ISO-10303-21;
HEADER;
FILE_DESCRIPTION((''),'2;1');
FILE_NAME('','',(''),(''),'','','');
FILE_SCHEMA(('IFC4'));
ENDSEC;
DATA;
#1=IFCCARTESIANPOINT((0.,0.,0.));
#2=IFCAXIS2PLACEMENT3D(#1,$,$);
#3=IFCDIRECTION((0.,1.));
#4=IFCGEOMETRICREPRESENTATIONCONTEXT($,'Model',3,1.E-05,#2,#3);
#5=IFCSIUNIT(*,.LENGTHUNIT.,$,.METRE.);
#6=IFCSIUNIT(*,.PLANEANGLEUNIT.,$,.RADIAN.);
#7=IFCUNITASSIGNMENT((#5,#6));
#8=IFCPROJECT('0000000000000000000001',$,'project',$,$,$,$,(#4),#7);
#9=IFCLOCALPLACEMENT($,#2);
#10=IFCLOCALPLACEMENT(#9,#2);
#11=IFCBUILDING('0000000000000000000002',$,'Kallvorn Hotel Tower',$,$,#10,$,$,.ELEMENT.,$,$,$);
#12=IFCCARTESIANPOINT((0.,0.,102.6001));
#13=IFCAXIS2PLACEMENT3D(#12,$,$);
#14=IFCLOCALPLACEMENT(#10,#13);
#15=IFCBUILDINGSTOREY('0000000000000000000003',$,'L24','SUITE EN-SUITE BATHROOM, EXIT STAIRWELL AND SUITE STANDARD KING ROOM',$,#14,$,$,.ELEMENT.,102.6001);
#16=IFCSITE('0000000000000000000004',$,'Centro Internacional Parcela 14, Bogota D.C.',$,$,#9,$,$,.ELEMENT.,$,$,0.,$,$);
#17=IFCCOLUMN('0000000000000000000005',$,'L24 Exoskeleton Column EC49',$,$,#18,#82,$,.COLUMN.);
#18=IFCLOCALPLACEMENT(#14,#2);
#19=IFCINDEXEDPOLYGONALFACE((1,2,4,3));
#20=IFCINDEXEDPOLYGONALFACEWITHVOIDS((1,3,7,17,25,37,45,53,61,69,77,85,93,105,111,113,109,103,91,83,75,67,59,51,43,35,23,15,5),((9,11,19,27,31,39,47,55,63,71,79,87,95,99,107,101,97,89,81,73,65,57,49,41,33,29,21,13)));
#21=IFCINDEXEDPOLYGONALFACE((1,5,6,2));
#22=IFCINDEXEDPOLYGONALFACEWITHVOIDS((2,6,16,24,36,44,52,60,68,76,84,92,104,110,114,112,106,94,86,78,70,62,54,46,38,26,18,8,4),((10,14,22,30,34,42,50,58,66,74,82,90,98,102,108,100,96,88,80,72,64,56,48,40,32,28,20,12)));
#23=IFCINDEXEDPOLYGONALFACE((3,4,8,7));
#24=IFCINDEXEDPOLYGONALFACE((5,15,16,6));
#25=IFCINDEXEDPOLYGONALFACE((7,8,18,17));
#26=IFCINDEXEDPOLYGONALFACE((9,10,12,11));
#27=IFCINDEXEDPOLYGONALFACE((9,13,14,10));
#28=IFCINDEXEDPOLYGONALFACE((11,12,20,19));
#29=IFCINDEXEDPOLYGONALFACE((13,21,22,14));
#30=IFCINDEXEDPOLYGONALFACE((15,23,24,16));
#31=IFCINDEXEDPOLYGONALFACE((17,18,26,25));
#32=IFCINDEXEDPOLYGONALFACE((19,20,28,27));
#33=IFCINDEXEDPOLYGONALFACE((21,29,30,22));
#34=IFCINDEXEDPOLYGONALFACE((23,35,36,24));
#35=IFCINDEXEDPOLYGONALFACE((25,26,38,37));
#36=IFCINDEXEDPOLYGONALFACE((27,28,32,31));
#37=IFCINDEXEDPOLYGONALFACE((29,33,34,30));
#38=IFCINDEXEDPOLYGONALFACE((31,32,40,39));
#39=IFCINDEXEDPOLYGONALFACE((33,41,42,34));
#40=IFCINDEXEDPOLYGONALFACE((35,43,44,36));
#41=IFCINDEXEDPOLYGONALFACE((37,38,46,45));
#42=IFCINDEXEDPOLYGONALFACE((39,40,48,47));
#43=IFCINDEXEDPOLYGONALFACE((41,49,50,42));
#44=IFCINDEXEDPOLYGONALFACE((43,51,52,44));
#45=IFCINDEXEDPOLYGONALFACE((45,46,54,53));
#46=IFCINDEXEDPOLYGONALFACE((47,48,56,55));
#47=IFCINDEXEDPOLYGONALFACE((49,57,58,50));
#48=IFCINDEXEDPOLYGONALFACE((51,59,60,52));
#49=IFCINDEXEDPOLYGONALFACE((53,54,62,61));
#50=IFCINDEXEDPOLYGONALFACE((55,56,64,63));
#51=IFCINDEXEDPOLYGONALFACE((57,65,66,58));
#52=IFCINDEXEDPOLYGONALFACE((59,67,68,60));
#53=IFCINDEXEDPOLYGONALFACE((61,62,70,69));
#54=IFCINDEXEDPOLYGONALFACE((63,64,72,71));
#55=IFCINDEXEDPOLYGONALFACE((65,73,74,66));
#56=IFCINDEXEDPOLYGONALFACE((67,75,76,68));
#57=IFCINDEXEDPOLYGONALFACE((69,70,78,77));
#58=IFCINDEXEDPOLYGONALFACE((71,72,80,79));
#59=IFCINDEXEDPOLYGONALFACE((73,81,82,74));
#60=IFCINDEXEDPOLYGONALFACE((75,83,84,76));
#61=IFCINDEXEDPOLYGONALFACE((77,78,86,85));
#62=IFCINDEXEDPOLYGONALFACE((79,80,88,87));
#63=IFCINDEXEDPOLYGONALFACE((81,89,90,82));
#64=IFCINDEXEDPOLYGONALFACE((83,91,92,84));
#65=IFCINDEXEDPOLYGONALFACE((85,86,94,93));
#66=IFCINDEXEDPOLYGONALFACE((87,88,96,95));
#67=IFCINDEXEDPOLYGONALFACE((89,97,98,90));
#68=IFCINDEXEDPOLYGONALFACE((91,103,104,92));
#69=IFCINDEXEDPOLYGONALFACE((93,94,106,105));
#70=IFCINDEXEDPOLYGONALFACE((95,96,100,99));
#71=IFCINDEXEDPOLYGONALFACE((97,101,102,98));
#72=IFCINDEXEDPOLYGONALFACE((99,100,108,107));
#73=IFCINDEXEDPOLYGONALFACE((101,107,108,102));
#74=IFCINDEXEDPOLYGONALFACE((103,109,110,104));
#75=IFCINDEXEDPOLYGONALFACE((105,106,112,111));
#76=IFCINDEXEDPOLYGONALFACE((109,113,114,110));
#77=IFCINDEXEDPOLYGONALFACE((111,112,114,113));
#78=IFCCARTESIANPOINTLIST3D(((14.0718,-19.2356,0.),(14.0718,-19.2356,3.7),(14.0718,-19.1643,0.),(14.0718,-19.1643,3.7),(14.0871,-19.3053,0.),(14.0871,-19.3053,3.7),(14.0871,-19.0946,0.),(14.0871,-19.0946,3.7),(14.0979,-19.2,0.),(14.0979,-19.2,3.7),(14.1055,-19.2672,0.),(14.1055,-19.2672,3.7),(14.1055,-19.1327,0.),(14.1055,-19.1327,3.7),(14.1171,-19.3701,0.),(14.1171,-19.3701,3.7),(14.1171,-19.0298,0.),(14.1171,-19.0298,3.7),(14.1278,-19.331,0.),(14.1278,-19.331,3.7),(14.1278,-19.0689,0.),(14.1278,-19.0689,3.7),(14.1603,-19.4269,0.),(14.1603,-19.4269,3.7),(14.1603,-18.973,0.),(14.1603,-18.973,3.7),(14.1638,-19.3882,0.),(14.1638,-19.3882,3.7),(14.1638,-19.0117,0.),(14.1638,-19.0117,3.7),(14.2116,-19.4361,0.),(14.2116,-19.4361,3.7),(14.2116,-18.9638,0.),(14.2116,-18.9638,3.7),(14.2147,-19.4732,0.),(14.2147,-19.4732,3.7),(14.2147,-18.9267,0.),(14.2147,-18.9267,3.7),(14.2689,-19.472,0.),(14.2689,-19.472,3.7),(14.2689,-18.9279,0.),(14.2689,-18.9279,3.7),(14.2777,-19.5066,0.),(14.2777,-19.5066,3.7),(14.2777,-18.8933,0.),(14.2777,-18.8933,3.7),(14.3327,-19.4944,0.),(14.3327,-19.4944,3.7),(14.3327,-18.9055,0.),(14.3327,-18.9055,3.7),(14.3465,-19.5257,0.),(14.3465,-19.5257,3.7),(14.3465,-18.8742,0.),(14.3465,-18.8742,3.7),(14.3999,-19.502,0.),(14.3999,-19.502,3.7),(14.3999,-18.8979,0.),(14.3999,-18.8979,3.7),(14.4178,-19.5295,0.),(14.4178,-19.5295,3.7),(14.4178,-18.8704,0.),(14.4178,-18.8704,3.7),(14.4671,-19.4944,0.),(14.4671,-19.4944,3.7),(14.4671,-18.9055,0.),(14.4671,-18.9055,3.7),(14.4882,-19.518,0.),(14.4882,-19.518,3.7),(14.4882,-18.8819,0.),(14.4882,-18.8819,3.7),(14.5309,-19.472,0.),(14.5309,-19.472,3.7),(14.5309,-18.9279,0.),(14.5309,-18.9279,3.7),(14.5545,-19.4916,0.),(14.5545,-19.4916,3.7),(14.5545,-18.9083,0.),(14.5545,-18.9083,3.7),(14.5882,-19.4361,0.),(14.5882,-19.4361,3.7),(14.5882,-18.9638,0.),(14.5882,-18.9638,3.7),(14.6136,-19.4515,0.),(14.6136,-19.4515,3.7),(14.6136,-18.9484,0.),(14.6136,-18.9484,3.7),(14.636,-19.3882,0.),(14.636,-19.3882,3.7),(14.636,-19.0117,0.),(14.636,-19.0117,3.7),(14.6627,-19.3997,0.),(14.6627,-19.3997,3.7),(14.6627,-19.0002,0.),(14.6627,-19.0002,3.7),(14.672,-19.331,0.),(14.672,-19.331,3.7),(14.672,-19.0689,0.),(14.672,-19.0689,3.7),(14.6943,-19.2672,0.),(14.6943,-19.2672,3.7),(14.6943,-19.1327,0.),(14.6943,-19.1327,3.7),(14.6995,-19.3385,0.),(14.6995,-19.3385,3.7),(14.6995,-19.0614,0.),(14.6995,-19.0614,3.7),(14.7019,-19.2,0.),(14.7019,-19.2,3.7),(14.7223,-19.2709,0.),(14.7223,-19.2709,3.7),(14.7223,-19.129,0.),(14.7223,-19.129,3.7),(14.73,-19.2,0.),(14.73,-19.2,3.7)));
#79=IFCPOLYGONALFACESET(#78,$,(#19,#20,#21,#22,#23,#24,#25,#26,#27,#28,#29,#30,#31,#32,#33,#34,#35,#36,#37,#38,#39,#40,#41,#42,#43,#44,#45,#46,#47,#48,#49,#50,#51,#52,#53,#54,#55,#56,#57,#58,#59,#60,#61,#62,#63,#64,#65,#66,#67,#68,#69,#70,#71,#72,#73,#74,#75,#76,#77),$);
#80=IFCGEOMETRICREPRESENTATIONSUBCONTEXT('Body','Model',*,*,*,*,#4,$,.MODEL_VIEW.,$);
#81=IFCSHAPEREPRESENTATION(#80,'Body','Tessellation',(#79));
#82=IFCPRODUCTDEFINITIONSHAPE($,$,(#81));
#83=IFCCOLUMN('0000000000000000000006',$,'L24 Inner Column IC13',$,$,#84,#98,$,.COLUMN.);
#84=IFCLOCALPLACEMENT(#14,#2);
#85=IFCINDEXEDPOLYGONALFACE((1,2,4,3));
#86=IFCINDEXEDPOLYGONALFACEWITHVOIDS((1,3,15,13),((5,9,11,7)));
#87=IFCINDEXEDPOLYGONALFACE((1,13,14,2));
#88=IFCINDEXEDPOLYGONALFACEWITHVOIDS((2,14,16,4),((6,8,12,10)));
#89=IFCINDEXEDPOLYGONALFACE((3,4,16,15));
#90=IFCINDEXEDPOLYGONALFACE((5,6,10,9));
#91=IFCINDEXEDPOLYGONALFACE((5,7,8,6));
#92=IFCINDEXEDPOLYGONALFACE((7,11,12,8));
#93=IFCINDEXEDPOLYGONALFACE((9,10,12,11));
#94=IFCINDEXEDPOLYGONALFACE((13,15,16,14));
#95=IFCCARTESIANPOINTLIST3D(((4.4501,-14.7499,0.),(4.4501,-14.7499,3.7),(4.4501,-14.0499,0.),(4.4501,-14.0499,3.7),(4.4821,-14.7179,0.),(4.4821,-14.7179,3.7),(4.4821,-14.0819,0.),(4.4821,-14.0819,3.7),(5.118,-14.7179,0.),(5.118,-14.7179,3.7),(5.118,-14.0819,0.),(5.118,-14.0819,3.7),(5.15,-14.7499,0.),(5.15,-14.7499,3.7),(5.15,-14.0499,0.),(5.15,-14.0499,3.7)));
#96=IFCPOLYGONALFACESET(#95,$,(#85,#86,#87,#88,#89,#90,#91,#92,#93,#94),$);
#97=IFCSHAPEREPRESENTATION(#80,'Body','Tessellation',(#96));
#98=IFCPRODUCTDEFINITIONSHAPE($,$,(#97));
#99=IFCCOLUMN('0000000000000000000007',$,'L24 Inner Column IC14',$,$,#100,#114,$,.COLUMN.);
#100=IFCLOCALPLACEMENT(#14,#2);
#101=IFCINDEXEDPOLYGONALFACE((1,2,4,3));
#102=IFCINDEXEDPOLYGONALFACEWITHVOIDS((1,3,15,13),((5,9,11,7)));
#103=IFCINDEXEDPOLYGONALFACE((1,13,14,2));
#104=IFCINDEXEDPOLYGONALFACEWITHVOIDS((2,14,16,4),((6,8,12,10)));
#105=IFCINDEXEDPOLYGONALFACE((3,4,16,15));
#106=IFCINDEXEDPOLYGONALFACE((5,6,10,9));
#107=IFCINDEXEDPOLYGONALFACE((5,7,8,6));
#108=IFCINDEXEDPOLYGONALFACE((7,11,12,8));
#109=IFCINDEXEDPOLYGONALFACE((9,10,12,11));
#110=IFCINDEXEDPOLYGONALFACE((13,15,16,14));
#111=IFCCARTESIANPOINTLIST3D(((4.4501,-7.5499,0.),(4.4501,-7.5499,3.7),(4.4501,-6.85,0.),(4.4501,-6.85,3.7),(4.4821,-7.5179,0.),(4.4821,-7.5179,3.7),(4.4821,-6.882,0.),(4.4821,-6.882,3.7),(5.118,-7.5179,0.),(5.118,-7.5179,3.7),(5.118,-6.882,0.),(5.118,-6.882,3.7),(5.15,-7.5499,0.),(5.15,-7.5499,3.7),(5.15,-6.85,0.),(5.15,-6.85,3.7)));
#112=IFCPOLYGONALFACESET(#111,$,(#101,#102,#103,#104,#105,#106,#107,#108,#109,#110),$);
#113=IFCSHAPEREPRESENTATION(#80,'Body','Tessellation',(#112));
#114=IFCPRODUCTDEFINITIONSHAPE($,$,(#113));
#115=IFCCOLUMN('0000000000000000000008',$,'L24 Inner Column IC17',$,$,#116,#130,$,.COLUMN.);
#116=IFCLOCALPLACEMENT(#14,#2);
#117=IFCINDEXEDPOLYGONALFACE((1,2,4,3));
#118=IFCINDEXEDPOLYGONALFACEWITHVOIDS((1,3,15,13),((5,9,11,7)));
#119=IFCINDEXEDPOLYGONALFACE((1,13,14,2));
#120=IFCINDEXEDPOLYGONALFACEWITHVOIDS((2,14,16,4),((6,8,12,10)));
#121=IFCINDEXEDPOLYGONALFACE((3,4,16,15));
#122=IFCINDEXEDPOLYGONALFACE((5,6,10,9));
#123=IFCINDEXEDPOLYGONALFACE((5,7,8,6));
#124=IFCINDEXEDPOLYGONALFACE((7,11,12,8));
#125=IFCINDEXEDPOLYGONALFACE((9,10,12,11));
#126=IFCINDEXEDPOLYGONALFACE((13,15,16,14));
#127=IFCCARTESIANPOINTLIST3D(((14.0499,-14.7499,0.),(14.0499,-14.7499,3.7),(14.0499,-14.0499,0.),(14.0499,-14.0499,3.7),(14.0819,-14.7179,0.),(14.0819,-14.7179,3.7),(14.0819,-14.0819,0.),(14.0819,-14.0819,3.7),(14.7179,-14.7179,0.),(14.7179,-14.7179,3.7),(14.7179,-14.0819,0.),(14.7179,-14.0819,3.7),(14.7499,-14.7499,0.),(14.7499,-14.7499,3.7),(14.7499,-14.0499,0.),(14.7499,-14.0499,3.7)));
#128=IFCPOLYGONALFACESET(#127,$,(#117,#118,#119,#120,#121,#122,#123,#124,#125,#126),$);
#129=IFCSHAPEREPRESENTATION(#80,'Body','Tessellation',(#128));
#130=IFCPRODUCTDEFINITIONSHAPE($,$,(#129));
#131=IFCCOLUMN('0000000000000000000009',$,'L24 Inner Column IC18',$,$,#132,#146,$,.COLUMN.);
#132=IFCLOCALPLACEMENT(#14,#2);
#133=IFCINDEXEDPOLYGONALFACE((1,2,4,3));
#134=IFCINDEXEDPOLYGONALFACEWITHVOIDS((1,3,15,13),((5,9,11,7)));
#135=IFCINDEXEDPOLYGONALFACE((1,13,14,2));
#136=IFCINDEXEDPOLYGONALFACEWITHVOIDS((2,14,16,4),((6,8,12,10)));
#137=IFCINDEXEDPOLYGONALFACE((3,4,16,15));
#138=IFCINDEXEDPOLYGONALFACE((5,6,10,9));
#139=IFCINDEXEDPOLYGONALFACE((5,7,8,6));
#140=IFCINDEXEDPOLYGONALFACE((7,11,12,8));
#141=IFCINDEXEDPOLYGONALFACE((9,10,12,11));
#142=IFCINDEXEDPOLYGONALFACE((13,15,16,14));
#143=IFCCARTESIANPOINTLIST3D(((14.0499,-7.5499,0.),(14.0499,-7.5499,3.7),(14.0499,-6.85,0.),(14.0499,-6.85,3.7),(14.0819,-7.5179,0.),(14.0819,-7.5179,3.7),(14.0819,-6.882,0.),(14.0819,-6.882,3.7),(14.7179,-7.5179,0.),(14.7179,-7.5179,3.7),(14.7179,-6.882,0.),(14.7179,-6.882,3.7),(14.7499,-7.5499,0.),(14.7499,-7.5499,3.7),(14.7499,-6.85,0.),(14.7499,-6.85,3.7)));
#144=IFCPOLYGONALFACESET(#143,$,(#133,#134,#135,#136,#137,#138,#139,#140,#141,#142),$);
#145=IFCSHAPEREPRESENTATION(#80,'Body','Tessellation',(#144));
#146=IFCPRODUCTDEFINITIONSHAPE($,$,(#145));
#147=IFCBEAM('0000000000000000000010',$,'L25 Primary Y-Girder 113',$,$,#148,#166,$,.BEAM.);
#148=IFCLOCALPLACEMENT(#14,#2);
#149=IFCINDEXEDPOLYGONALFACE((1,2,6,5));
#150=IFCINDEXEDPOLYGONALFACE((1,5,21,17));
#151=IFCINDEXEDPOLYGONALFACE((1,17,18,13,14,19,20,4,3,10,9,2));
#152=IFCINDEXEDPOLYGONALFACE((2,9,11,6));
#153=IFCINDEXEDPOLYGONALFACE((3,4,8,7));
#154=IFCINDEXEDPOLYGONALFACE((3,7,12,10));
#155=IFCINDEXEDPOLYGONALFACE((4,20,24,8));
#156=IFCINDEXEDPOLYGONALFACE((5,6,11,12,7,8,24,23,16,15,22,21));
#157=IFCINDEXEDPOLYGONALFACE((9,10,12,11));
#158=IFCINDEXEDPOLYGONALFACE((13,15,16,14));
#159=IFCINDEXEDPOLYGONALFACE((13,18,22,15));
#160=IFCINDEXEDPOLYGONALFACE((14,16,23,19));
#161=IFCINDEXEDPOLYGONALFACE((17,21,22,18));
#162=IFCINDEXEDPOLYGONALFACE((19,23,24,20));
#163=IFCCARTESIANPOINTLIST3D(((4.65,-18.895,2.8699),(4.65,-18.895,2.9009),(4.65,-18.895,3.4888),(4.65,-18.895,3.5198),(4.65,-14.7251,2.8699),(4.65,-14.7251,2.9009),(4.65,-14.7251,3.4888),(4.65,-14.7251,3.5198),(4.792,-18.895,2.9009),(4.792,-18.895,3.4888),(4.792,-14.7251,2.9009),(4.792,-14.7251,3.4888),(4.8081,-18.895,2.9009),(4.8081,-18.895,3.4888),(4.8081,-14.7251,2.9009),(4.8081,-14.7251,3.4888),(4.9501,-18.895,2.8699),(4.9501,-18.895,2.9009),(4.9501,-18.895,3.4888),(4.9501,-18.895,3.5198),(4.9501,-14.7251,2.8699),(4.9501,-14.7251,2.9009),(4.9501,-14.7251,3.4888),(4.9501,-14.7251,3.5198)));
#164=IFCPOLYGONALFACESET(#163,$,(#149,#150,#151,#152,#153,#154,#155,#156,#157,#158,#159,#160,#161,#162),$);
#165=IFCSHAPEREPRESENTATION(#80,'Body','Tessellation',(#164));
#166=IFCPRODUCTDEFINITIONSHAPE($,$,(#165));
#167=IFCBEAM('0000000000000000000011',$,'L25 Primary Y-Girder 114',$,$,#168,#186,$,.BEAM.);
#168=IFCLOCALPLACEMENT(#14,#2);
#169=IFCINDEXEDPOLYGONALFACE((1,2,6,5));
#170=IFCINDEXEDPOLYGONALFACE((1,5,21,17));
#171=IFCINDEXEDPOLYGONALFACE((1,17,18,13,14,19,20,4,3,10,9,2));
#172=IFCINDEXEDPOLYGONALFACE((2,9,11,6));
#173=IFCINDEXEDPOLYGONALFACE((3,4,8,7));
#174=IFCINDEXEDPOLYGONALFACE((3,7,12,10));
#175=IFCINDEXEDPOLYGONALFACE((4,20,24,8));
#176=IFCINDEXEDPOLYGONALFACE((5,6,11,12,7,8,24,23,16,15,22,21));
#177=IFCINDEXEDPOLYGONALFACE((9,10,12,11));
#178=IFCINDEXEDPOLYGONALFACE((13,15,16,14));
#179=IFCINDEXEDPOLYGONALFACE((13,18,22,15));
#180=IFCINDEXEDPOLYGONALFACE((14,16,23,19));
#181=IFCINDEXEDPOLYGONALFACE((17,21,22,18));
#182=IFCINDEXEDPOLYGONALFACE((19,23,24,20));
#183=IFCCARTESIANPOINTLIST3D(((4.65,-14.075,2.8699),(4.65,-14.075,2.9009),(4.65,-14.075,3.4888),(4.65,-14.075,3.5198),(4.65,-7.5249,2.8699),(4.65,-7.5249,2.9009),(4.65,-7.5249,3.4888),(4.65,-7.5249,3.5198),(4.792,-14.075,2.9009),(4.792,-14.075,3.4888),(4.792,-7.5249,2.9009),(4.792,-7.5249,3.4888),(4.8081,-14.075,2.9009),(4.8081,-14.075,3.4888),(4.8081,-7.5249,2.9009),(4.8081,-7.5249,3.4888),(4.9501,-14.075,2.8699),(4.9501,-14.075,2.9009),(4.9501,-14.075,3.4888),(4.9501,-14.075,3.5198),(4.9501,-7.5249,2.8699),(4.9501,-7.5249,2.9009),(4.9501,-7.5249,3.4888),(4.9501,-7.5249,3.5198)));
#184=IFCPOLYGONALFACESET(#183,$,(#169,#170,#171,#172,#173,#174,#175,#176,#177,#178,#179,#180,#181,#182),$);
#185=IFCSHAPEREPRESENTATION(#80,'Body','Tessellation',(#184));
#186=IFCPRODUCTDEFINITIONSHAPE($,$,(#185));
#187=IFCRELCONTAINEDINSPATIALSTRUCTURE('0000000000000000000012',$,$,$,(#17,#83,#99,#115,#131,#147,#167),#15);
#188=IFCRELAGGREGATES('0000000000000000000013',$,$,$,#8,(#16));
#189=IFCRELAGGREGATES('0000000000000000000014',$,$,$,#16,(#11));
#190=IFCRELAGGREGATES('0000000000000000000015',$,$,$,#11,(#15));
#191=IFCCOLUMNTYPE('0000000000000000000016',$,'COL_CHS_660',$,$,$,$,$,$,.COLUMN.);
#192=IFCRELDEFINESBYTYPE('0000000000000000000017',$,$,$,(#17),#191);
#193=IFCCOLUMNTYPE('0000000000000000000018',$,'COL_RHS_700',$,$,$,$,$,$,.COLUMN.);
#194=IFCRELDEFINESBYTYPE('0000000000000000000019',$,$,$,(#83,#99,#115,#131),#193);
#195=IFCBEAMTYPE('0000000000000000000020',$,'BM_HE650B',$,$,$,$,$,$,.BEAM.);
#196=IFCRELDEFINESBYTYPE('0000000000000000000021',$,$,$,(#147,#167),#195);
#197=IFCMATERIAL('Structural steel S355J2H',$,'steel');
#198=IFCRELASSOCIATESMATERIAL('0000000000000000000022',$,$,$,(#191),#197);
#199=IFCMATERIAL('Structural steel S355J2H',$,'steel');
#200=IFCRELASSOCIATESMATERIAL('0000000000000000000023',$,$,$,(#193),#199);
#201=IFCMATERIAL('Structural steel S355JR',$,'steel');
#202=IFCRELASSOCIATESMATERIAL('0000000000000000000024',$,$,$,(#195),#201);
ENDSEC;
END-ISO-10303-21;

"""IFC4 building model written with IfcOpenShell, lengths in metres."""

from ifc_helpers import new_model, si_unit, direction, frame, origin, origin_2d, place, context, subcontext, project, spatial, hollow_rectangle, hollow_circle, i_section, extrude, material, material_profile, profile_set, type_object, element, save


model = new_model("IFC4")

# Units and contexts
model_context = context("Model", 3, precision=1e-05, world=origin(), true_north=direction((0.0, 1.0)))
body_context = subcontext(model_context, "Body", "Model", "MODEL_VIEW")
ifc_project = project(units=[si_unit("LENGTHUNIT", "METRE"), si_unit("PLANEANGLEUNIT", "RADIAN")], contexts=[model_context])

# Site, building, storey
site_placement = place(None, origin())
site = spatial("IfcSite", under=ifc_project, at=site_placement, Name="Centro Internacional Parcela 14, Bogota D.C.", CompositionType="ELEMENT", RefElevation=0.0)
building_placement = place(site_placement, origin())
building = spatial("IfcBuilding", under=site, at=building_placement, Name="Kallvorn Hotel Tower", CompositionType="ELEMENT")
storey_placement = place(building_placement, frame((0.0, 0.0, 102.6001)))
storey = spatial("IfcBuildingStorey", under=building, at=storey_placement, Name="L24", Description="SUITE EN-SUITE BATHROOM, EXIT STAIRWELL AND SUITE STANDARD KING ROOM", CompositionType="ELEMENT", Elevation=102.6001)

# Columns
ifc_material_1 = material(Name="Structural steel S355J2H", Category="steel")
ifc_material_profile_1 = material_profile(ifc_material_1, hollow_circle(Radius=0.3301, WallThickness=0.0281, at=origin_2d()), Name="CHS 660x28")
ifc_profile_set_1 = profile_set([ifc_material_profile_1], Name="Structural steel S355J2H")
column_type_1 = type_object("IfcColumnType", Name="COL_CHS_660", PredefinedType="COLUMN", material=ifc_profile_set_1)
for number, where, z_axis, x_axis, name in (
    (1, (14.3999, -19.2, 0.0), (0.0, 0.0, 1.0), (1.0, 0.0, 0.0), "L24 Exoskeleton Column EC49"),
):
    element("IfcColumn", number, at=place(storey_placement, frame(where, z_axis=z_axis, x_axis=x_axis)), inside=storey, type_object=column_type_1, Name=name, PredefinedType="COLUMN", context=body_context, shape_type="SweptSolid", body=[
        extrude(hollow_circle(Radius=0.3301, WallThickness=0.0281, at=origin_2d()), origin(), (0.0, 0.0, 1.0), 3.7),
    ])
ifc_material_2 = material(Name="Structural steel S355J2H", Category="steel")
ifc_material_profile_2 = material_profile(ifc_material_2, hollow_rectangle(XDim=0.7, YDim=0.7, WallThickness=0.032, at=origin_2d()), Name="RHS 700x700x32")
ifc_profile_set_2 = profile_set([ifc_material_profile_2], Name="Structural steel S355J2H")
column_type_2 = type_object("IfcColumnType", Name="COL_RHS_700", PredefinedType="COLUMN", material=ifc_profile_set_2)
for number, where, z_axis, x_axis, name in (
    (2, (4.8, -14.3999, 0.0), (0.0, 0.0, 1.0), (1.0, 0.0, 0.0), "L24 Inner Column IC13"),
    (3, (4.8, -7.2, 0.0), (0.0, 0.0, 1.0), (1.0, 0.0, 0.0), "L24 Inner Column IC14"),
    (4, (14.3999, -14.3999, 0.0), (0.0, 0.0, 1.0), (1.0, 0.0, 0.0), "L24 Inner Column IC17"),
    (5, (14.3999, -7.2, 0.0), (0.0, 0.0, 1.0), (1.0, 0.0, 0.0), "L24 Inner Column IC18"),
):
    element("IfcColumn", number, at=place(storey_placement, frame(where, z_axis=z_axis, x_axis=x_axis)), inside=storey, type_object=column_type_2, Name=name, PredefinedType="COLUMN", context=body_context, shape_type="SweptSolid", body=[
        extrude(hollow_rectangle(XDim=0.7, YDim=0.7, WallThickness=0.032, at=origin_2d()), origin(), (0.0, 0.0, 1.0), 3.7),
    ])

# Beams
ifc_material_3 = material(Name="Structural steel S355JR", Category="steel")
ifc_material_profile_3 = material_profile(ifc_material_3, i_section(OverallWidth=0.3, OverallDepth=0.6499, WebThickness=0.0161, FlangeThickness=0.031, at=origin_2d()), Name="HE 650 B")
ifc_profile_set_3 = profile_set([ifc_material_profile_3], Name="Structural steel S355JR")
beam_type_1 = type_object("IfcBeamType", Name="BM_HE650B", PredefinedType="BEAM", material=ifc_profile_set_3)
beam_1_placement = place(storey_placement, frame((4.8, -18.895, 3.1948), z_axis=(0.0, 1.0, 0.0), x_axis=(-1.0, 0.0, 0.0)))
element("IfcBeam", 6, at=beam_1_placement, inside=storey, type_object=beam_type_1, Name="L25 Primary Y-Girder 113", PredefinedType="BEAM", context=body_context, shape_type="SweptSolid", body=[
    extrude(i_section(OverallWidth=0.3, OverallDepth=0.6499, WebThickness=0.0161, FlangeThickness=0.031, at=origin_2d()), origin(), (0.0, 0.0, 1.0), 4.1699),
])
beam_2_placement = place(storey_placement, frame((4.8, -14.075, 3.1948), z_axis=(0.0, 1.0, 0.0), x_axis=(-1.0, 0.0, 0.0)))
element("IfcBeam", 7, at=beam_2_placement, inside=storey, type_object=beam_type_1, Name="L25 Primary Y-Girder 114", PredefinedType="BEAM", context=body_context, shape_type="SweptSolid", body=[
    extrude(i_section(OverallWidth=0.3, OverallDepth=0.6499, WebThickness=0.0161, FlangeThickness=0.031, at=origin_2d()), origin(), (0.0, 0.0, 1.0), 6.55),
])

save(model, "model.ifc")
